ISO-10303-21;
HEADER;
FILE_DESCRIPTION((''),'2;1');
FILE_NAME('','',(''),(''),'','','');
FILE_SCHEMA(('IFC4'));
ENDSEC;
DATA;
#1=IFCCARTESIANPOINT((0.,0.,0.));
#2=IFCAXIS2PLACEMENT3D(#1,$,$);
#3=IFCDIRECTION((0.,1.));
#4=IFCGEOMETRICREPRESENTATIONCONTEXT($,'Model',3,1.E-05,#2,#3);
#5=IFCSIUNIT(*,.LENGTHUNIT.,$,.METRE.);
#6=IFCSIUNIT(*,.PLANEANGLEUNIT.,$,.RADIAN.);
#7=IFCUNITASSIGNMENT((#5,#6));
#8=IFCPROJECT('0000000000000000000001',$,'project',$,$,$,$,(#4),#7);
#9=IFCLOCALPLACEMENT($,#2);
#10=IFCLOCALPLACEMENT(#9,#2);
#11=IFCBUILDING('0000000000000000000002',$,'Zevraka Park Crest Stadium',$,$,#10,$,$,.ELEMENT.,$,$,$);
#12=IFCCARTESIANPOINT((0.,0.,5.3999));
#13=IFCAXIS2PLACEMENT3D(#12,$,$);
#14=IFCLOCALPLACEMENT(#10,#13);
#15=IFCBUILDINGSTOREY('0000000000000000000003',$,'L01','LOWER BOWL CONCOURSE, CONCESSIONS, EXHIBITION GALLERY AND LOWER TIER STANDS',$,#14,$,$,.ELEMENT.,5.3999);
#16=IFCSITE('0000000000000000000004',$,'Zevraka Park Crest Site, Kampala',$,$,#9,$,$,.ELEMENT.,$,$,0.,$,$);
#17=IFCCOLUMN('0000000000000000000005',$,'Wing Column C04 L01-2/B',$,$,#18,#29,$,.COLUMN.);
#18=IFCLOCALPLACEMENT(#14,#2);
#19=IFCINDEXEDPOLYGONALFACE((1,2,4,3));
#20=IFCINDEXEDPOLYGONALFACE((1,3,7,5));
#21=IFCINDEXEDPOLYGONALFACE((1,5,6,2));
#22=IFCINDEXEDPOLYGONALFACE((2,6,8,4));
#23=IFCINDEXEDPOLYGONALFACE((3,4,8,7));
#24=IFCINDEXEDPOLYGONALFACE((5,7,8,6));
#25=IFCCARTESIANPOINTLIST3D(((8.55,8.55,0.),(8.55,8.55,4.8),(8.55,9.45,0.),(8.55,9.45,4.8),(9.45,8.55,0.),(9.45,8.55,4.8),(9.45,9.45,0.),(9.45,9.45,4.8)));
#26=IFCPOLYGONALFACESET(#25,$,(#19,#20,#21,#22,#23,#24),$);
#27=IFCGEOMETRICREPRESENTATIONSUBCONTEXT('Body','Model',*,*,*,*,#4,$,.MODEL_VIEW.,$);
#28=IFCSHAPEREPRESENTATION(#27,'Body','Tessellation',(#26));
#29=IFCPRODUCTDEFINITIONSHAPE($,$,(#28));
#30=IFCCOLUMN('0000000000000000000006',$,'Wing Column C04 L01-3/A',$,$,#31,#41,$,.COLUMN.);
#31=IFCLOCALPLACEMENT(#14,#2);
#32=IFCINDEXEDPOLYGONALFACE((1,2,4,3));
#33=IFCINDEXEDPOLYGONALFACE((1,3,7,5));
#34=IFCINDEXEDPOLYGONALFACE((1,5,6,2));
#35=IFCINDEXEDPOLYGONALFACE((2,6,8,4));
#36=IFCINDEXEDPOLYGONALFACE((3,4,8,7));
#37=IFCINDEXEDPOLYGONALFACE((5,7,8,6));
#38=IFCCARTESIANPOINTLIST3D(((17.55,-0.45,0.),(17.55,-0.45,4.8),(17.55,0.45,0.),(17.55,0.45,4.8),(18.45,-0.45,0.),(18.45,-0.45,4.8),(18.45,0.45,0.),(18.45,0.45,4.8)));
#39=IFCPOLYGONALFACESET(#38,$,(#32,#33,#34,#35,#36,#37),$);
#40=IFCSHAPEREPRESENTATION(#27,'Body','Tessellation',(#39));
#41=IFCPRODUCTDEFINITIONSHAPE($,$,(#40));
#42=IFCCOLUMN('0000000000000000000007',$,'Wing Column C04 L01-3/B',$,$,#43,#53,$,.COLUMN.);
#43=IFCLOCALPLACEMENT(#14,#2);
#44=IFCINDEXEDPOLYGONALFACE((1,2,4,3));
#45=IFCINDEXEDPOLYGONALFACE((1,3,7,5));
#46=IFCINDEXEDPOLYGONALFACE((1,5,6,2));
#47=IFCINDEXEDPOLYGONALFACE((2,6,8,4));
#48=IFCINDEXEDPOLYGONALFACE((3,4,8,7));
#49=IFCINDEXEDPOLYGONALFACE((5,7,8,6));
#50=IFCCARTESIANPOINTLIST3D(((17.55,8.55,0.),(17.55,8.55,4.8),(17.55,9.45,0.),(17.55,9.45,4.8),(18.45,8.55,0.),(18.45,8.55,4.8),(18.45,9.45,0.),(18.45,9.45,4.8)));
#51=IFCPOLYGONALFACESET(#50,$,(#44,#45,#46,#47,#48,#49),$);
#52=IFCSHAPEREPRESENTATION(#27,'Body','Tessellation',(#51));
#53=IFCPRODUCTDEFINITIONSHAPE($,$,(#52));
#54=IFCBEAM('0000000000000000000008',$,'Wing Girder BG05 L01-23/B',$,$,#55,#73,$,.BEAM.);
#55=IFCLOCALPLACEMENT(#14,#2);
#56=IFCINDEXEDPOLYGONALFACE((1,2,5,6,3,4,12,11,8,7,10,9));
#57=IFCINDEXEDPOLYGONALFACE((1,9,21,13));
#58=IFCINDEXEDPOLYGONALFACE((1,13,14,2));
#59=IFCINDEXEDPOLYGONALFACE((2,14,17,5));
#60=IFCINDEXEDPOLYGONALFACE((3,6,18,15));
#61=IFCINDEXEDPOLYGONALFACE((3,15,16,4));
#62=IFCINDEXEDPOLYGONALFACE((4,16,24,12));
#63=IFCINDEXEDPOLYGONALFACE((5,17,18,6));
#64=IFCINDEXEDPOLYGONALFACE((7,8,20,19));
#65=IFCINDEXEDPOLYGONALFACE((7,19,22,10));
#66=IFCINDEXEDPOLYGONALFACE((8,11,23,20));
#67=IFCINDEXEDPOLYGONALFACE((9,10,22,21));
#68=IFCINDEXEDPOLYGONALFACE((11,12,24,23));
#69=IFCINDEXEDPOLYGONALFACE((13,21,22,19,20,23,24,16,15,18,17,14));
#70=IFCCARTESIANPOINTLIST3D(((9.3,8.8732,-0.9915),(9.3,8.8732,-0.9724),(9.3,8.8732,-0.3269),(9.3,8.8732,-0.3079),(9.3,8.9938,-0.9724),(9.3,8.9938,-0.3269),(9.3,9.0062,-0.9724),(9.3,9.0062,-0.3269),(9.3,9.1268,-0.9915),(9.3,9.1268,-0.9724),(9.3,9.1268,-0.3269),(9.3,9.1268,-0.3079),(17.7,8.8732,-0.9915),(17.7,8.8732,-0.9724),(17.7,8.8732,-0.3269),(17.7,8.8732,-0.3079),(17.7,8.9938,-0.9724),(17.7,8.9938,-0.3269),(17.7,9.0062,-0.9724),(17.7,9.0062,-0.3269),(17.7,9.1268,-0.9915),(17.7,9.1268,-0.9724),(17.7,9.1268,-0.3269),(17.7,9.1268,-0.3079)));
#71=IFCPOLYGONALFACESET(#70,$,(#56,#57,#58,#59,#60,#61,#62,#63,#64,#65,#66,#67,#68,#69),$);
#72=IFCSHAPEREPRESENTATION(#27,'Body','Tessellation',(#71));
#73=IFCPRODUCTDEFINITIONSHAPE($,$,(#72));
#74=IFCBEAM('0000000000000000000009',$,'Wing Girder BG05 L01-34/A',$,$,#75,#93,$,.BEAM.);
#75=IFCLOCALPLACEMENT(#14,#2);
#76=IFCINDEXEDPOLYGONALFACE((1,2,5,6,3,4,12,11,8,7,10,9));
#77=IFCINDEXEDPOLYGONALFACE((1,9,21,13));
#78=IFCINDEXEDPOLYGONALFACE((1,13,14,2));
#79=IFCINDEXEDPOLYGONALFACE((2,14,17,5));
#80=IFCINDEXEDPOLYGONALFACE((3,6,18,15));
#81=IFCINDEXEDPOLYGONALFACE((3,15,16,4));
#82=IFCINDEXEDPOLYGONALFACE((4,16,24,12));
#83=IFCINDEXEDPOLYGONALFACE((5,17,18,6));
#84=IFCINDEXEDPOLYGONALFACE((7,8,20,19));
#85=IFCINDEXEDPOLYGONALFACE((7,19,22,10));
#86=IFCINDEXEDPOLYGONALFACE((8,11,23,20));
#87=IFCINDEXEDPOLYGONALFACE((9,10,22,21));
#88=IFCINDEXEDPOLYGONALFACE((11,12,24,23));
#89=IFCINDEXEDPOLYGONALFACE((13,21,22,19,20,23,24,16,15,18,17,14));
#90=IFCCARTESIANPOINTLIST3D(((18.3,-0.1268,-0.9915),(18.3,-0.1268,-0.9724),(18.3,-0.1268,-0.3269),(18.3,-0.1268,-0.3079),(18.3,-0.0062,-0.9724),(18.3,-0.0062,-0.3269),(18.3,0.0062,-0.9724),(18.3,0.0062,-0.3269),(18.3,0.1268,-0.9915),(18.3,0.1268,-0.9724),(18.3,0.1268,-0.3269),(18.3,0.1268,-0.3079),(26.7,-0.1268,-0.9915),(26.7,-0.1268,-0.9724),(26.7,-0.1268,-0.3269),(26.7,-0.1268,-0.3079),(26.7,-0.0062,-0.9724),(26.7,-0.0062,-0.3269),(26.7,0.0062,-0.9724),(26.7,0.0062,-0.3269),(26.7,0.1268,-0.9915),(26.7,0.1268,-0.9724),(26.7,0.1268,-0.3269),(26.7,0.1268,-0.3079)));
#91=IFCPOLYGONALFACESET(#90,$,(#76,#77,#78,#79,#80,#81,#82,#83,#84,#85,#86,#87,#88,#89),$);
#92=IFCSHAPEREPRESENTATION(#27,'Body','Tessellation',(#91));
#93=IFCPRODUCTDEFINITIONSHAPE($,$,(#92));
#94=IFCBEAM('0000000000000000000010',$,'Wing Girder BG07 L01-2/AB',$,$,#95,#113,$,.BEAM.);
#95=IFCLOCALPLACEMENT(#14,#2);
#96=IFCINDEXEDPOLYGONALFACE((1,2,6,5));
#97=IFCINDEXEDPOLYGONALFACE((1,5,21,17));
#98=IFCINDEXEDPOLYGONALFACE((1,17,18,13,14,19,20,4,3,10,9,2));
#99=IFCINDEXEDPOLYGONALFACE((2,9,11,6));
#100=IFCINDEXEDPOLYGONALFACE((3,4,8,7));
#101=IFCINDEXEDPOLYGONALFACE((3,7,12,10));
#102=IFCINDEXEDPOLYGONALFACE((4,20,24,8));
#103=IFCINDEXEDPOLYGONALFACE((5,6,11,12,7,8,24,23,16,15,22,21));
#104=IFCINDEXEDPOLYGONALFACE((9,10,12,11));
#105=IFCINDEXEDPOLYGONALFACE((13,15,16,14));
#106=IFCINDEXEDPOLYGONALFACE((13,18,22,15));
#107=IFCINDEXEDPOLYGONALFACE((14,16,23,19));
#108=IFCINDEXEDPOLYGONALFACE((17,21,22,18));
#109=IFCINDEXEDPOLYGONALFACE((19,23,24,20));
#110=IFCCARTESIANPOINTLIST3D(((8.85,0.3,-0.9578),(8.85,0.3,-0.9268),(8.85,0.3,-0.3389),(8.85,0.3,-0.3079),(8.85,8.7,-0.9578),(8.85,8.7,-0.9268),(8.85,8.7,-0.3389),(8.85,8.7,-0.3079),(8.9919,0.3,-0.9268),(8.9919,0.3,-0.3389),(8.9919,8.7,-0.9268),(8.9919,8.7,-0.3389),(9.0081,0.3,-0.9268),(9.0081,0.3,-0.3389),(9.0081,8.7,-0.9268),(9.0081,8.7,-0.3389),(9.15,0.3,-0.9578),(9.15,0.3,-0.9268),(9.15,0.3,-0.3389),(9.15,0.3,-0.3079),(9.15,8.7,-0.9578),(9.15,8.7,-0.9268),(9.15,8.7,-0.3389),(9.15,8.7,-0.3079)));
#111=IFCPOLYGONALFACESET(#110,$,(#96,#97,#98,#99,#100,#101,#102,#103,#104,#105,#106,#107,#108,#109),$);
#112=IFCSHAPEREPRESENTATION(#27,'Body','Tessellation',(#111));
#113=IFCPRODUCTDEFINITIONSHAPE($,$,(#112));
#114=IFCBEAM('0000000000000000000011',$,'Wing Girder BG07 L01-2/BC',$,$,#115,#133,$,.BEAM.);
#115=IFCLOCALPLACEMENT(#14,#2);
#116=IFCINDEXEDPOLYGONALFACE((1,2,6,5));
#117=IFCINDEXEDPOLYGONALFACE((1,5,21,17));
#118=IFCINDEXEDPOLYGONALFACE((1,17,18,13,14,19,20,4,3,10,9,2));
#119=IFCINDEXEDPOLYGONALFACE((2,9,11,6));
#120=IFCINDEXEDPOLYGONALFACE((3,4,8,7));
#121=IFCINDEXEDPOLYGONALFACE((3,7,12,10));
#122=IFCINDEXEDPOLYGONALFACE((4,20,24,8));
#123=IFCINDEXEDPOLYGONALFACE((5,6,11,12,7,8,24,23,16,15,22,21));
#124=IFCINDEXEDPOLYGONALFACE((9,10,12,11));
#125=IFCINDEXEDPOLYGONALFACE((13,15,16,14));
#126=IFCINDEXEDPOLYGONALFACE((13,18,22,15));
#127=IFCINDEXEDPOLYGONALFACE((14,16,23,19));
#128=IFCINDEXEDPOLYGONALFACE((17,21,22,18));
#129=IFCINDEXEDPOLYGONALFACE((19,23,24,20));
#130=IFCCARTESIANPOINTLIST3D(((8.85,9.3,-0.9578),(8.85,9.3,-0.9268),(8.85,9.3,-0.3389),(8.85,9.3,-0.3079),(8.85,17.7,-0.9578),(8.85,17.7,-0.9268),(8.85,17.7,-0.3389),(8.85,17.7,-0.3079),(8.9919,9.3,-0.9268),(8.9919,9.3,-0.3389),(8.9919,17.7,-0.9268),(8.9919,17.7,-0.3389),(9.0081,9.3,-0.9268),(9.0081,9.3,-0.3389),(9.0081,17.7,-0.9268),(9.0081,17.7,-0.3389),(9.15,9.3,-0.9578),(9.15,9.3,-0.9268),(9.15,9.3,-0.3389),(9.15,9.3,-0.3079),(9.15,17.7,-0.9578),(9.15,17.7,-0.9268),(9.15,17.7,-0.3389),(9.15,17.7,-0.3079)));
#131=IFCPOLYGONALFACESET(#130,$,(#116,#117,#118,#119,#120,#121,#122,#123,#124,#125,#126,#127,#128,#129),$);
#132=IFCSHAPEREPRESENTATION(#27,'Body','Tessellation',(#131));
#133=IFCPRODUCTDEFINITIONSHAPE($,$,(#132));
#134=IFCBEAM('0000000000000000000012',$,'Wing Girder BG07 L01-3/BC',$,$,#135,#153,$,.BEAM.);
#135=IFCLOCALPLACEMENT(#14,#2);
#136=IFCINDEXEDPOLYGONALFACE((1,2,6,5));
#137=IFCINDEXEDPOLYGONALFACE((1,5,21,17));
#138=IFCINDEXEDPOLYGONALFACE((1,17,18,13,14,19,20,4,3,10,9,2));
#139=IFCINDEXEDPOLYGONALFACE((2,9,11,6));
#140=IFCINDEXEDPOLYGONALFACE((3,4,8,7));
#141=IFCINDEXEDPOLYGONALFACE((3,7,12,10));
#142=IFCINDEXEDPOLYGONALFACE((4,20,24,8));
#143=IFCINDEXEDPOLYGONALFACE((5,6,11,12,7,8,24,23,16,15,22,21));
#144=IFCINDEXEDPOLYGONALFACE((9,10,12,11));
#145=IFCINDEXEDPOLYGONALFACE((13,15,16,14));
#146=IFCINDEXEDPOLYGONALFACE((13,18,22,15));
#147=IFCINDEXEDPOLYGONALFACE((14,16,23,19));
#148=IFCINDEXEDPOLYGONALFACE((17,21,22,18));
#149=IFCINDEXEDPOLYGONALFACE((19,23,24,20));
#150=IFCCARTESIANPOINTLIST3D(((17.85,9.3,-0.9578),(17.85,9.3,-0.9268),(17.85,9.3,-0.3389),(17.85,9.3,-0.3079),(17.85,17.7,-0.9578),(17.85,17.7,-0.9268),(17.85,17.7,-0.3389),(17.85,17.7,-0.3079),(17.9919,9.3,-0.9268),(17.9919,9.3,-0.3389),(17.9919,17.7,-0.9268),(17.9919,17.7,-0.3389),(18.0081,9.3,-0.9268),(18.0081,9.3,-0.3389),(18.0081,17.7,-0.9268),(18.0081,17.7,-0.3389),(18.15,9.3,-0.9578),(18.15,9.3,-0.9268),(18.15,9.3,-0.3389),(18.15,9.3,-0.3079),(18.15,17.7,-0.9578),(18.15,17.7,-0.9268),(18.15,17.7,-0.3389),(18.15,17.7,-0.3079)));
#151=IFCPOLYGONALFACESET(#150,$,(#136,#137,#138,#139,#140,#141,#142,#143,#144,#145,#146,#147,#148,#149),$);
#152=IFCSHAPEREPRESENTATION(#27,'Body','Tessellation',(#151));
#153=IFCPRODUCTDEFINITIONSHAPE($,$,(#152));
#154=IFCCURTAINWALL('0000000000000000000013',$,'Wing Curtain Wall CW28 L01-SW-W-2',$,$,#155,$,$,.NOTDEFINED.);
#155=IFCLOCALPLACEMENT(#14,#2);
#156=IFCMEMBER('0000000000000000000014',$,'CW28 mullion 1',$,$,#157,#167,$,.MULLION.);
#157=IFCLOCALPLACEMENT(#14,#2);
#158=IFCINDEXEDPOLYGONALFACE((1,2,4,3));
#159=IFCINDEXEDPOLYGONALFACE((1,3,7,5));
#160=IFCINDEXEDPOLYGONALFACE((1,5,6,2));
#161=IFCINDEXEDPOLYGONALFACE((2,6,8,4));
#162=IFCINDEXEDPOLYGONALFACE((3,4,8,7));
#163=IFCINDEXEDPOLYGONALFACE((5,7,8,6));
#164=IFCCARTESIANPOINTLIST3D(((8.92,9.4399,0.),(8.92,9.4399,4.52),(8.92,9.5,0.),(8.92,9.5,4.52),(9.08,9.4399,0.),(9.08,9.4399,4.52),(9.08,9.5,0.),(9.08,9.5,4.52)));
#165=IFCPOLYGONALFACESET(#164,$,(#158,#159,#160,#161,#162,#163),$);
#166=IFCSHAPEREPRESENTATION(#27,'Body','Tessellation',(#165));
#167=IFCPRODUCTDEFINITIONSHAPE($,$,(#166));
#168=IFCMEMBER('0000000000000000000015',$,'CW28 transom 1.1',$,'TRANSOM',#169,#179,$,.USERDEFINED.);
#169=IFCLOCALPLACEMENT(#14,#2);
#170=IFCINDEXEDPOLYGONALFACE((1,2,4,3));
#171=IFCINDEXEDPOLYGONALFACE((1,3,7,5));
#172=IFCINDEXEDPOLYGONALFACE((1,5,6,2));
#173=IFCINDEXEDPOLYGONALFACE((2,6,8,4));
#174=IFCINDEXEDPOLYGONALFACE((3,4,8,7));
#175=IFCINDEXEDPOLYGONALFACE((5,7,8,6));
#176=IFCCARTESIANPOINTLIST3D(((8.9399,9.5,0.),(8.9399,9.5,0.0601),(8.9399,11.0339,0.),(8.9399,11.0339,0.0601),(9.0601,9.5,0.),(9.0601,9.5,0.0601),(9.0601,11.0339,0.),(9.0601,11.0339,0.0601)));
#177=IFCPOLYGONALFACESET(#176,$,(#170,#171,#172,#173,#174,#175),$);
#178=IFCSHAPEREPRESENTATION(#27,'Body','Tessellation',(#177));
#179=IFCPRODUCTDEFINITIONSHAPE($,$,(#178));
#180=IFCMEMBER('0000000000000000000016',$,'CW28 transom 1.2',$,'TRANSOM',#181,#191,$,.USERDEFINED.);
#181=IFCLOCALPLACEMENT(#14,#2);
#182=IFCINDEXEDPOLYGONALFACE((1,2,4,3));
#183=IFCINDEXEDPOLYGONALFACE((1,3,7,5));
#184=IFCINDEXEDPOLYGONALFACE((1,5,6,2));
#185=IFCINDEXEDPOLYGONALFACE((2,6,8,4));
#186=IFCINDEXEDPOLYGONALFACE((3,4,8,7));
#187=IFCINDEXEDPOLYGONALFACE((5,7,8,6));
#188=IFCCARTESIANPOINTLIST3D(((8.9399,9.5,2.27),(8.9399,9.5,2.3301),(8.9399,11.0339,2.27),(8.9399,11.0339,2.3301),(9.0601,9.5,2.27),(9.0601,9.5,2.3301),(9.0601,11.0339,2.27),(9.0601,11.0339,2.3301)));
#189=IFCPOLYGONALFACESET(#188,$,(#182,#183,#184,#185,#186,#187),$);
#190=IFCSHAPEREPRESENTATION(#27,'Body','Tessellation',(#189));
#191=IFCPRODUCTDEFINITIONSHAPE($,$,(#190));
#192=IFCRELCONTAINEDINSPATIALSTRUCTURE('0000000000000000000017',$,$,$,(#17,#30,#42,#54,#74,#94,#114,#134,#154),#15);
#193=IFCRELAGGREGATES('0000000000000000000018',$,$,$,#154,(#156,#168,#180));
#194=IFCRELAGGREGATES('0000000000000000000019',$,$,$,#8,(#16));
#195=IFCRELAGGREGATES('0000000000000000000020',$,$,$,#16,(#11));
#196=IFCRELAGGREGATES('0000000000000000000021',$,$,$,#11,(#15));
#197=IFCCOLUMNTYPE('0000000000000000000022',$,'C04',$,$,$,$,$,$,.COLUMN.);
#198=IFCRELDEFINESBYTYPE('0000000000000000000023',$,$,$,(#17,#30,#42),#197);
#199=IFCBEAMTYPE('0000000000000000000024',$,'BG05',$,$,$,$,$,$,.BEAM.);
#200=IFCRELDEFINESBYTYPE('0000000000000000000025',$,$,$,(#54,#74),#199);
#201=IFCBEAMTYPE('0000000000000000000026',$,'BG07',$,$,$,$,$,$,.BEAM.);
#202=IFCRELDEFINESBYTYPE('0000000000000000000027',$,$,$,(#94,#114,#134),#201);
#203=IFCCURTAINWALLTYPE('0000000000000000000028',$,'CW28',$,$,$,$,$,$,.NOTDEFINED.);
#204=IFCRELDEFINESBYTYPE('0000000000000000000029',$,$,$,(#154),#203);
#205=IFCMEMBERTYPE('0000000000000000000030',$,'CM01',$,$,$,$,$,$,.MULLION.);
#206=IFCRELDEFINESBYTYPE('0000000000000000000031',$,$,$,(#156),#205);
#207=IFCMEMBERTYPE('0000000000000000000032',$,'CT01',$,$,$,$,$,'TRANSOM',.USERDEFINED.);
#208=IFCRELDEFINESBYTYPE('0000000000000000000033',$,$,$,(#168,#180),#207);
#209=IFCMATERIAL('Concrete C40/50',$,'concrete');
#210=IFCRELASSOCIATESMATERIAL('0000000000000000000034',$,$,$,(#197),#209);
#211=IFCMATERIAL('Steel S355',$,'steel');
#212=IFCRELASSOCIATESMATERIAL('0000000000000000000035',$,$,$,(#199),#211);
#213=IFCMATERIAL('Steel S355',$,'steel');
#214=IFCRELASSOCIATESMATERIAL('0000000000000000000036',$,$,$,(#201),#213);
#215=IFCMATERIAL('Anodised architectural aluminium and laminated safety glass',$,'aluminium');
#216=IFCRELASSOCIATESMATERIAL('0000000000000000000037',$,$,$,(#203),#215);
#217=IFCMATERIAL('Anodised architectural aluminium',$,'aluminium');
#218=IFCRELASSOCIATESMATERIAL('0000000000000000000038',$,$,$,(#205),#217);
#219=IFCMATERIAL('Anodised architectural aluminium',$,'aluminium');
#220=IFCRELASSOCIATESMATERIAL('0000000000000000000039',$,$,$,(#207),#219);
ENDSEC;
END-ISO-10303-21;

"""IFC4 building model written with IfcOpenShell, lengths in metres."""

from ifc_helpers import new_model, si_unit, direction, frame, origin, origin_2d, place, context, subcontext, project, spatial, rectangle, i_section, extrude, material, material_profile, profile_set, type_object, element, aggregate, save


model = new_model("IFC4")

# Units and contexts
model_context = context("Model", 3, precision=1e-05, world=origin(), true_north=direction((0.0, 1.0)))
body_context = subcontext(model_context, "Body", "Model", "MODEL_VIEW")
ifc_project = project(units=[si_unit("LENGTHUNIT", "METRE"), si_unit("PLANEANGLEUNIT", "RADIAN")], contexts=[model_context])

# Site, building, storey
site_placement = place(None, origin())
site = spatial("IfcSite", under=ifc_project, at=site_placement, Name="Zevraka Park Crest Site, Kampala", CompositionType="ELEMENT", RefElevation=0.0)
building_placement = place(site_placement, origin())
building = spatial("IfcBuilding", under=site, at=building_placement, Name="Zevraka Park Crest Stadium", CompositionType="ELEMENT")
storey_placement = place(building_placement, frame((0.0, 0.0, 5.3999)))
storey = spatial("IfcBuildingStorey", under=building, at=storey_placement, Name="L01", Description="LOWER BOWL CONCOURSE, CONCESSIONS, EXHIBITION GALLERY AND LOWER TIER STANDS", CompositionType="ELEMENT", Elevation=5.3999)

# Columns
ifc_material_1 = material(Name="Concrete C40/50", Category="concrete")
ifc_material_profile_1 = material_profile(ifc_material_1, rectangle(XDim=0.8999, YDim=0.8999, at=origin_2d()), Name="RC 900x900")
ifc_profile_set_1 = profile_set([ifc_material_profile_1], Name="Concrete C40/50")
column_type = type_object("IfcColumnType", Name="C04", PredefinedType="COLUMN", material=ifc_profile_set_1)
for number, where, z_axis, x_axis, name in (
    (1, (9.0, 9.0, 0.0), (0.0, 0.0, 1.0), (1.0, 0.0, 0.0), "Wing Column C04 L01-2/B"),
    (2, (18.0, 0.0, 0.0), (0.0, 0.0, 1.0), (1.0, 0.0, 0.0), "Wing Column C04 L01-3/A"),
    (3, (18.0, 9.0, 0.0), (0.0, 0.0, 1.0), (1.0, 0.0, 0.0), "Wing Column C04 L01-3/B"),
):
    element("IfcColumn", number, at=place(storey_placement, frame(where, z_axis=z_axis, x_axis=x_axis)), inside=storey, type_object=column_type, Name=name, PredefinedType="COLUMN", context=body_context, shape_type="SweptSolid", body=[
        extrude(rectangle(XDim=0.8999, YDim=0.8999, at=origin_2d()), origin(), (0.0, 0.0, 1.0), 4.8),
    ])

# Beams
ifc_material_2 = material(Name="Steel S355", Category="steel")
ifc_material_profile_2 = material_profile(ifc_material_2, i_section(OverallWidth=0.2537, OverallDepth=0.6836, WebThickness=0.0125, FlangeThickness=0.019, at=origin_2d()), Name="UKB 686x254x140")
ifc_profile_set_2 = profile_set([ifc_material_profile_2], Name="Steel S355")
beam_type_1 = type_object("IfcBeamType", Name="BG05", PredefinedType="BEAM", material=ifc_profile_set_2)
for number, where, z_axis, x_axis, name in (
    (4, (9.3, 9.0, -0.6497), (1.0, 0.0, 0.0), (0.0, 1.0, 0.0), "Wing Girder BG05 L01-23/B"),
    (5, (18.3, 0.0, -0.6497), (1.0, 0.0, 0.0), (0.0, 1.0, 0.0), "Wing Girder BG05 L01-34/A"),
):
    element("IfcBeam", number, at=place(storey_placement, frame(where, z_axis=z_axis, x_axis=x_axis)), inside=storey, type_object=beam_type_1, Name=name, PredefinedType="BEAM", context=body_context, shape_type="SweptSolid", body=[
        extrude(i_section(OverallWidth=0.2537, OverallDepth=0.6836, WebThickness=0.0125, FlangeThickness=0.019, at=origin_2d()), origin(), (0.0, 0.0, 1.0), 8.3999),
    ])
ifc_material_3 = material(Name="Steel S355", Category="steel")
ifc_material_profile_3 = material_profile(ifc_material_3, i_section(OverallWidth=0.3, OverallDepth=0.6499, WebThickness=0.0161, FlangeThickness=0.031, at=origin_2d()), Name="HEB 650")
ifc_profile_set_3 = profile_set([ifc_material_profile_3], Name="Steel S355")
beam_type_2 = type_object("IfcBeamType", Name="BG07", PredefinedType="BEAM", material=ifc_profile_set_3)
for number, where, z_axis, x_axis, name in (
    (6, (9.0, 0.3, -0.6328), (0.0, 1.0, 0.0), (-1.0, 0.0, 0.0), "Wing Girder BG07 L01-2/AB"),
    (7, (9.0, 9.3, -0.6328), (0.0, 1.0, 0.0), (-1.0, 0.0, 0.0), "Wing Girder BG07 L01-2/BC"),
    (8, (18.0, 9.3, -0.6328), (0.0, 1.0, 0.0), (-1.0, 0.0, 0.0), "Wing Girder BG07 L01-3/BC"),
):
    element("IfcBeam", number, at=place(storey_placement, frame(where, z_axis=z_axis, x_axis=x_axis)), inside=storey, type_object=beam_type_2, Name=name, PredefinedType="BEAM", context=body_context, shape_type="SweptSolid", body=[
        extrude(i_section(OverallWidth=0.3, OverallDepth=0.6499, WebThickness=0.0161, FlangeThickness=0.031, at=origin_2d()), origin(), (0.0, 0.0, 1.0), 8.3999),
    ])

# Curtain wall, members
ifc_material_4 = material(Name="Anodised architectural aluminium and laminated safety glass", Category="aluminium")
curtain_wall_type = type_object("IfcCurtainWallType", Name="CW28", PredefinedType="NOTDEFINED", material=ifc_material_4)
curtain_wall_placement = place(storey_placement, origin())
curtain_wall = element("IfcCurtainWall", 9, at=curtain_wall_placement, inside=storey, type_object=curtain_wall_type, Name="Wing Curtain Wall CW28 L01-SW-W-2", PredefinedType="NOTDEFINED")
ifc_material_5 = material(Name="Anodised architectural aluminium", Category="aluminium")
ifc_material_profile_4 = material_profile(ifc_material_5, rectangle(XDim=0.1599, YDim=0.0601, at=origin_2d()), Name="ALU MULLION 160x60")
ifc_profile_set_4 = profile_set([ifc_material_profile_4], Name="Anodised architectural aluminium")
member_type_1 = type_object("IfcMemberType", Name="CM01", PredefinedType="MULLION", material=ifc_profile_set_4)
member_1_placement = place(storey_placement, frame((9.0, 9.47, 0.0), z_axis=(0.0, 0.0, 1.0), x_axis=(-1.0, 0.0, 0.0)))
member_1 = element("IfcMember", 10, at=member_1_placement, type_object=member_type_1, Name="CW28 mullion 1", PredefinedType="MULLION", context=body_context, shape_type="SweptSolid", body=[
    extrude(rectangle(XDim=0.1599, YDim=0.0601, at=origin_2d()), origin(), (0.0, 0.0, 1.0), 4.52),
])
ifc_material_6 = material(Name="Anodised architectural aluminium", Category="aluminium")
ifc_material_profile_5 = material_profile(ifc_material_6, rectangle(XDim=0.1201, YDim=0.0601, at=origin_2d()), Name="ALU TRANSOM 120x60")
ifc_profile_set_5 = profile_set([ifc_material_profile_5], Name="Anodised architectural aluminium")
member_type_2 = type_object("IfcMemberType", Name="CT01", ElementType="TRANSOM", PredefinedType="USERDEFINED", material=ifc_profile_set_5)
member_2_placement = place(storey_placement, frame((9.0, 9.5, 0.03), z_axis=(0.0, 1.0, 0.0), x_axis=(-1.0, 0.0, 0.0)))
member_2 = element("IfcMember", 11, at=member_2_placement, type_object=member_type_2, Name="CW28 transom 1.1", ObjectType="TRANSOM", PredefinedType="USERDEFINED", context=body_context, shape_type="SweptSolid", body=[
    extrude(rectangle(XDim=0.1201, YDim=0.0601, at=origin_2d()), origin(), (0.0, 0.0, 1.0), 1.5339),
])
member_3_placement = place(storey_placement, frame((9.0, 9.5, 2.3), z_axis=(0.0, 1.0, 0.0), x_axis=(-1.0, 0.0, 0.0)))
member_3 = element("IfcMember", 12, at=member_3_placement, type_object=member_type_2, Name="CW28 transom 1.2", ObjectType="TRANSOM", PredefinedType="USERDEFINED", context=body_context, shape_type="SweptSolid", body=[
    extrude(rectangle(XDim=0.1201, YDim=0.0601, at=origin_2d()), origin(), (0.0, 0.0, 1.0), 1.5339),
])

aggregate(curtain_wall, [member_1, member_2, member_3])

save(model, "model.ifc")
